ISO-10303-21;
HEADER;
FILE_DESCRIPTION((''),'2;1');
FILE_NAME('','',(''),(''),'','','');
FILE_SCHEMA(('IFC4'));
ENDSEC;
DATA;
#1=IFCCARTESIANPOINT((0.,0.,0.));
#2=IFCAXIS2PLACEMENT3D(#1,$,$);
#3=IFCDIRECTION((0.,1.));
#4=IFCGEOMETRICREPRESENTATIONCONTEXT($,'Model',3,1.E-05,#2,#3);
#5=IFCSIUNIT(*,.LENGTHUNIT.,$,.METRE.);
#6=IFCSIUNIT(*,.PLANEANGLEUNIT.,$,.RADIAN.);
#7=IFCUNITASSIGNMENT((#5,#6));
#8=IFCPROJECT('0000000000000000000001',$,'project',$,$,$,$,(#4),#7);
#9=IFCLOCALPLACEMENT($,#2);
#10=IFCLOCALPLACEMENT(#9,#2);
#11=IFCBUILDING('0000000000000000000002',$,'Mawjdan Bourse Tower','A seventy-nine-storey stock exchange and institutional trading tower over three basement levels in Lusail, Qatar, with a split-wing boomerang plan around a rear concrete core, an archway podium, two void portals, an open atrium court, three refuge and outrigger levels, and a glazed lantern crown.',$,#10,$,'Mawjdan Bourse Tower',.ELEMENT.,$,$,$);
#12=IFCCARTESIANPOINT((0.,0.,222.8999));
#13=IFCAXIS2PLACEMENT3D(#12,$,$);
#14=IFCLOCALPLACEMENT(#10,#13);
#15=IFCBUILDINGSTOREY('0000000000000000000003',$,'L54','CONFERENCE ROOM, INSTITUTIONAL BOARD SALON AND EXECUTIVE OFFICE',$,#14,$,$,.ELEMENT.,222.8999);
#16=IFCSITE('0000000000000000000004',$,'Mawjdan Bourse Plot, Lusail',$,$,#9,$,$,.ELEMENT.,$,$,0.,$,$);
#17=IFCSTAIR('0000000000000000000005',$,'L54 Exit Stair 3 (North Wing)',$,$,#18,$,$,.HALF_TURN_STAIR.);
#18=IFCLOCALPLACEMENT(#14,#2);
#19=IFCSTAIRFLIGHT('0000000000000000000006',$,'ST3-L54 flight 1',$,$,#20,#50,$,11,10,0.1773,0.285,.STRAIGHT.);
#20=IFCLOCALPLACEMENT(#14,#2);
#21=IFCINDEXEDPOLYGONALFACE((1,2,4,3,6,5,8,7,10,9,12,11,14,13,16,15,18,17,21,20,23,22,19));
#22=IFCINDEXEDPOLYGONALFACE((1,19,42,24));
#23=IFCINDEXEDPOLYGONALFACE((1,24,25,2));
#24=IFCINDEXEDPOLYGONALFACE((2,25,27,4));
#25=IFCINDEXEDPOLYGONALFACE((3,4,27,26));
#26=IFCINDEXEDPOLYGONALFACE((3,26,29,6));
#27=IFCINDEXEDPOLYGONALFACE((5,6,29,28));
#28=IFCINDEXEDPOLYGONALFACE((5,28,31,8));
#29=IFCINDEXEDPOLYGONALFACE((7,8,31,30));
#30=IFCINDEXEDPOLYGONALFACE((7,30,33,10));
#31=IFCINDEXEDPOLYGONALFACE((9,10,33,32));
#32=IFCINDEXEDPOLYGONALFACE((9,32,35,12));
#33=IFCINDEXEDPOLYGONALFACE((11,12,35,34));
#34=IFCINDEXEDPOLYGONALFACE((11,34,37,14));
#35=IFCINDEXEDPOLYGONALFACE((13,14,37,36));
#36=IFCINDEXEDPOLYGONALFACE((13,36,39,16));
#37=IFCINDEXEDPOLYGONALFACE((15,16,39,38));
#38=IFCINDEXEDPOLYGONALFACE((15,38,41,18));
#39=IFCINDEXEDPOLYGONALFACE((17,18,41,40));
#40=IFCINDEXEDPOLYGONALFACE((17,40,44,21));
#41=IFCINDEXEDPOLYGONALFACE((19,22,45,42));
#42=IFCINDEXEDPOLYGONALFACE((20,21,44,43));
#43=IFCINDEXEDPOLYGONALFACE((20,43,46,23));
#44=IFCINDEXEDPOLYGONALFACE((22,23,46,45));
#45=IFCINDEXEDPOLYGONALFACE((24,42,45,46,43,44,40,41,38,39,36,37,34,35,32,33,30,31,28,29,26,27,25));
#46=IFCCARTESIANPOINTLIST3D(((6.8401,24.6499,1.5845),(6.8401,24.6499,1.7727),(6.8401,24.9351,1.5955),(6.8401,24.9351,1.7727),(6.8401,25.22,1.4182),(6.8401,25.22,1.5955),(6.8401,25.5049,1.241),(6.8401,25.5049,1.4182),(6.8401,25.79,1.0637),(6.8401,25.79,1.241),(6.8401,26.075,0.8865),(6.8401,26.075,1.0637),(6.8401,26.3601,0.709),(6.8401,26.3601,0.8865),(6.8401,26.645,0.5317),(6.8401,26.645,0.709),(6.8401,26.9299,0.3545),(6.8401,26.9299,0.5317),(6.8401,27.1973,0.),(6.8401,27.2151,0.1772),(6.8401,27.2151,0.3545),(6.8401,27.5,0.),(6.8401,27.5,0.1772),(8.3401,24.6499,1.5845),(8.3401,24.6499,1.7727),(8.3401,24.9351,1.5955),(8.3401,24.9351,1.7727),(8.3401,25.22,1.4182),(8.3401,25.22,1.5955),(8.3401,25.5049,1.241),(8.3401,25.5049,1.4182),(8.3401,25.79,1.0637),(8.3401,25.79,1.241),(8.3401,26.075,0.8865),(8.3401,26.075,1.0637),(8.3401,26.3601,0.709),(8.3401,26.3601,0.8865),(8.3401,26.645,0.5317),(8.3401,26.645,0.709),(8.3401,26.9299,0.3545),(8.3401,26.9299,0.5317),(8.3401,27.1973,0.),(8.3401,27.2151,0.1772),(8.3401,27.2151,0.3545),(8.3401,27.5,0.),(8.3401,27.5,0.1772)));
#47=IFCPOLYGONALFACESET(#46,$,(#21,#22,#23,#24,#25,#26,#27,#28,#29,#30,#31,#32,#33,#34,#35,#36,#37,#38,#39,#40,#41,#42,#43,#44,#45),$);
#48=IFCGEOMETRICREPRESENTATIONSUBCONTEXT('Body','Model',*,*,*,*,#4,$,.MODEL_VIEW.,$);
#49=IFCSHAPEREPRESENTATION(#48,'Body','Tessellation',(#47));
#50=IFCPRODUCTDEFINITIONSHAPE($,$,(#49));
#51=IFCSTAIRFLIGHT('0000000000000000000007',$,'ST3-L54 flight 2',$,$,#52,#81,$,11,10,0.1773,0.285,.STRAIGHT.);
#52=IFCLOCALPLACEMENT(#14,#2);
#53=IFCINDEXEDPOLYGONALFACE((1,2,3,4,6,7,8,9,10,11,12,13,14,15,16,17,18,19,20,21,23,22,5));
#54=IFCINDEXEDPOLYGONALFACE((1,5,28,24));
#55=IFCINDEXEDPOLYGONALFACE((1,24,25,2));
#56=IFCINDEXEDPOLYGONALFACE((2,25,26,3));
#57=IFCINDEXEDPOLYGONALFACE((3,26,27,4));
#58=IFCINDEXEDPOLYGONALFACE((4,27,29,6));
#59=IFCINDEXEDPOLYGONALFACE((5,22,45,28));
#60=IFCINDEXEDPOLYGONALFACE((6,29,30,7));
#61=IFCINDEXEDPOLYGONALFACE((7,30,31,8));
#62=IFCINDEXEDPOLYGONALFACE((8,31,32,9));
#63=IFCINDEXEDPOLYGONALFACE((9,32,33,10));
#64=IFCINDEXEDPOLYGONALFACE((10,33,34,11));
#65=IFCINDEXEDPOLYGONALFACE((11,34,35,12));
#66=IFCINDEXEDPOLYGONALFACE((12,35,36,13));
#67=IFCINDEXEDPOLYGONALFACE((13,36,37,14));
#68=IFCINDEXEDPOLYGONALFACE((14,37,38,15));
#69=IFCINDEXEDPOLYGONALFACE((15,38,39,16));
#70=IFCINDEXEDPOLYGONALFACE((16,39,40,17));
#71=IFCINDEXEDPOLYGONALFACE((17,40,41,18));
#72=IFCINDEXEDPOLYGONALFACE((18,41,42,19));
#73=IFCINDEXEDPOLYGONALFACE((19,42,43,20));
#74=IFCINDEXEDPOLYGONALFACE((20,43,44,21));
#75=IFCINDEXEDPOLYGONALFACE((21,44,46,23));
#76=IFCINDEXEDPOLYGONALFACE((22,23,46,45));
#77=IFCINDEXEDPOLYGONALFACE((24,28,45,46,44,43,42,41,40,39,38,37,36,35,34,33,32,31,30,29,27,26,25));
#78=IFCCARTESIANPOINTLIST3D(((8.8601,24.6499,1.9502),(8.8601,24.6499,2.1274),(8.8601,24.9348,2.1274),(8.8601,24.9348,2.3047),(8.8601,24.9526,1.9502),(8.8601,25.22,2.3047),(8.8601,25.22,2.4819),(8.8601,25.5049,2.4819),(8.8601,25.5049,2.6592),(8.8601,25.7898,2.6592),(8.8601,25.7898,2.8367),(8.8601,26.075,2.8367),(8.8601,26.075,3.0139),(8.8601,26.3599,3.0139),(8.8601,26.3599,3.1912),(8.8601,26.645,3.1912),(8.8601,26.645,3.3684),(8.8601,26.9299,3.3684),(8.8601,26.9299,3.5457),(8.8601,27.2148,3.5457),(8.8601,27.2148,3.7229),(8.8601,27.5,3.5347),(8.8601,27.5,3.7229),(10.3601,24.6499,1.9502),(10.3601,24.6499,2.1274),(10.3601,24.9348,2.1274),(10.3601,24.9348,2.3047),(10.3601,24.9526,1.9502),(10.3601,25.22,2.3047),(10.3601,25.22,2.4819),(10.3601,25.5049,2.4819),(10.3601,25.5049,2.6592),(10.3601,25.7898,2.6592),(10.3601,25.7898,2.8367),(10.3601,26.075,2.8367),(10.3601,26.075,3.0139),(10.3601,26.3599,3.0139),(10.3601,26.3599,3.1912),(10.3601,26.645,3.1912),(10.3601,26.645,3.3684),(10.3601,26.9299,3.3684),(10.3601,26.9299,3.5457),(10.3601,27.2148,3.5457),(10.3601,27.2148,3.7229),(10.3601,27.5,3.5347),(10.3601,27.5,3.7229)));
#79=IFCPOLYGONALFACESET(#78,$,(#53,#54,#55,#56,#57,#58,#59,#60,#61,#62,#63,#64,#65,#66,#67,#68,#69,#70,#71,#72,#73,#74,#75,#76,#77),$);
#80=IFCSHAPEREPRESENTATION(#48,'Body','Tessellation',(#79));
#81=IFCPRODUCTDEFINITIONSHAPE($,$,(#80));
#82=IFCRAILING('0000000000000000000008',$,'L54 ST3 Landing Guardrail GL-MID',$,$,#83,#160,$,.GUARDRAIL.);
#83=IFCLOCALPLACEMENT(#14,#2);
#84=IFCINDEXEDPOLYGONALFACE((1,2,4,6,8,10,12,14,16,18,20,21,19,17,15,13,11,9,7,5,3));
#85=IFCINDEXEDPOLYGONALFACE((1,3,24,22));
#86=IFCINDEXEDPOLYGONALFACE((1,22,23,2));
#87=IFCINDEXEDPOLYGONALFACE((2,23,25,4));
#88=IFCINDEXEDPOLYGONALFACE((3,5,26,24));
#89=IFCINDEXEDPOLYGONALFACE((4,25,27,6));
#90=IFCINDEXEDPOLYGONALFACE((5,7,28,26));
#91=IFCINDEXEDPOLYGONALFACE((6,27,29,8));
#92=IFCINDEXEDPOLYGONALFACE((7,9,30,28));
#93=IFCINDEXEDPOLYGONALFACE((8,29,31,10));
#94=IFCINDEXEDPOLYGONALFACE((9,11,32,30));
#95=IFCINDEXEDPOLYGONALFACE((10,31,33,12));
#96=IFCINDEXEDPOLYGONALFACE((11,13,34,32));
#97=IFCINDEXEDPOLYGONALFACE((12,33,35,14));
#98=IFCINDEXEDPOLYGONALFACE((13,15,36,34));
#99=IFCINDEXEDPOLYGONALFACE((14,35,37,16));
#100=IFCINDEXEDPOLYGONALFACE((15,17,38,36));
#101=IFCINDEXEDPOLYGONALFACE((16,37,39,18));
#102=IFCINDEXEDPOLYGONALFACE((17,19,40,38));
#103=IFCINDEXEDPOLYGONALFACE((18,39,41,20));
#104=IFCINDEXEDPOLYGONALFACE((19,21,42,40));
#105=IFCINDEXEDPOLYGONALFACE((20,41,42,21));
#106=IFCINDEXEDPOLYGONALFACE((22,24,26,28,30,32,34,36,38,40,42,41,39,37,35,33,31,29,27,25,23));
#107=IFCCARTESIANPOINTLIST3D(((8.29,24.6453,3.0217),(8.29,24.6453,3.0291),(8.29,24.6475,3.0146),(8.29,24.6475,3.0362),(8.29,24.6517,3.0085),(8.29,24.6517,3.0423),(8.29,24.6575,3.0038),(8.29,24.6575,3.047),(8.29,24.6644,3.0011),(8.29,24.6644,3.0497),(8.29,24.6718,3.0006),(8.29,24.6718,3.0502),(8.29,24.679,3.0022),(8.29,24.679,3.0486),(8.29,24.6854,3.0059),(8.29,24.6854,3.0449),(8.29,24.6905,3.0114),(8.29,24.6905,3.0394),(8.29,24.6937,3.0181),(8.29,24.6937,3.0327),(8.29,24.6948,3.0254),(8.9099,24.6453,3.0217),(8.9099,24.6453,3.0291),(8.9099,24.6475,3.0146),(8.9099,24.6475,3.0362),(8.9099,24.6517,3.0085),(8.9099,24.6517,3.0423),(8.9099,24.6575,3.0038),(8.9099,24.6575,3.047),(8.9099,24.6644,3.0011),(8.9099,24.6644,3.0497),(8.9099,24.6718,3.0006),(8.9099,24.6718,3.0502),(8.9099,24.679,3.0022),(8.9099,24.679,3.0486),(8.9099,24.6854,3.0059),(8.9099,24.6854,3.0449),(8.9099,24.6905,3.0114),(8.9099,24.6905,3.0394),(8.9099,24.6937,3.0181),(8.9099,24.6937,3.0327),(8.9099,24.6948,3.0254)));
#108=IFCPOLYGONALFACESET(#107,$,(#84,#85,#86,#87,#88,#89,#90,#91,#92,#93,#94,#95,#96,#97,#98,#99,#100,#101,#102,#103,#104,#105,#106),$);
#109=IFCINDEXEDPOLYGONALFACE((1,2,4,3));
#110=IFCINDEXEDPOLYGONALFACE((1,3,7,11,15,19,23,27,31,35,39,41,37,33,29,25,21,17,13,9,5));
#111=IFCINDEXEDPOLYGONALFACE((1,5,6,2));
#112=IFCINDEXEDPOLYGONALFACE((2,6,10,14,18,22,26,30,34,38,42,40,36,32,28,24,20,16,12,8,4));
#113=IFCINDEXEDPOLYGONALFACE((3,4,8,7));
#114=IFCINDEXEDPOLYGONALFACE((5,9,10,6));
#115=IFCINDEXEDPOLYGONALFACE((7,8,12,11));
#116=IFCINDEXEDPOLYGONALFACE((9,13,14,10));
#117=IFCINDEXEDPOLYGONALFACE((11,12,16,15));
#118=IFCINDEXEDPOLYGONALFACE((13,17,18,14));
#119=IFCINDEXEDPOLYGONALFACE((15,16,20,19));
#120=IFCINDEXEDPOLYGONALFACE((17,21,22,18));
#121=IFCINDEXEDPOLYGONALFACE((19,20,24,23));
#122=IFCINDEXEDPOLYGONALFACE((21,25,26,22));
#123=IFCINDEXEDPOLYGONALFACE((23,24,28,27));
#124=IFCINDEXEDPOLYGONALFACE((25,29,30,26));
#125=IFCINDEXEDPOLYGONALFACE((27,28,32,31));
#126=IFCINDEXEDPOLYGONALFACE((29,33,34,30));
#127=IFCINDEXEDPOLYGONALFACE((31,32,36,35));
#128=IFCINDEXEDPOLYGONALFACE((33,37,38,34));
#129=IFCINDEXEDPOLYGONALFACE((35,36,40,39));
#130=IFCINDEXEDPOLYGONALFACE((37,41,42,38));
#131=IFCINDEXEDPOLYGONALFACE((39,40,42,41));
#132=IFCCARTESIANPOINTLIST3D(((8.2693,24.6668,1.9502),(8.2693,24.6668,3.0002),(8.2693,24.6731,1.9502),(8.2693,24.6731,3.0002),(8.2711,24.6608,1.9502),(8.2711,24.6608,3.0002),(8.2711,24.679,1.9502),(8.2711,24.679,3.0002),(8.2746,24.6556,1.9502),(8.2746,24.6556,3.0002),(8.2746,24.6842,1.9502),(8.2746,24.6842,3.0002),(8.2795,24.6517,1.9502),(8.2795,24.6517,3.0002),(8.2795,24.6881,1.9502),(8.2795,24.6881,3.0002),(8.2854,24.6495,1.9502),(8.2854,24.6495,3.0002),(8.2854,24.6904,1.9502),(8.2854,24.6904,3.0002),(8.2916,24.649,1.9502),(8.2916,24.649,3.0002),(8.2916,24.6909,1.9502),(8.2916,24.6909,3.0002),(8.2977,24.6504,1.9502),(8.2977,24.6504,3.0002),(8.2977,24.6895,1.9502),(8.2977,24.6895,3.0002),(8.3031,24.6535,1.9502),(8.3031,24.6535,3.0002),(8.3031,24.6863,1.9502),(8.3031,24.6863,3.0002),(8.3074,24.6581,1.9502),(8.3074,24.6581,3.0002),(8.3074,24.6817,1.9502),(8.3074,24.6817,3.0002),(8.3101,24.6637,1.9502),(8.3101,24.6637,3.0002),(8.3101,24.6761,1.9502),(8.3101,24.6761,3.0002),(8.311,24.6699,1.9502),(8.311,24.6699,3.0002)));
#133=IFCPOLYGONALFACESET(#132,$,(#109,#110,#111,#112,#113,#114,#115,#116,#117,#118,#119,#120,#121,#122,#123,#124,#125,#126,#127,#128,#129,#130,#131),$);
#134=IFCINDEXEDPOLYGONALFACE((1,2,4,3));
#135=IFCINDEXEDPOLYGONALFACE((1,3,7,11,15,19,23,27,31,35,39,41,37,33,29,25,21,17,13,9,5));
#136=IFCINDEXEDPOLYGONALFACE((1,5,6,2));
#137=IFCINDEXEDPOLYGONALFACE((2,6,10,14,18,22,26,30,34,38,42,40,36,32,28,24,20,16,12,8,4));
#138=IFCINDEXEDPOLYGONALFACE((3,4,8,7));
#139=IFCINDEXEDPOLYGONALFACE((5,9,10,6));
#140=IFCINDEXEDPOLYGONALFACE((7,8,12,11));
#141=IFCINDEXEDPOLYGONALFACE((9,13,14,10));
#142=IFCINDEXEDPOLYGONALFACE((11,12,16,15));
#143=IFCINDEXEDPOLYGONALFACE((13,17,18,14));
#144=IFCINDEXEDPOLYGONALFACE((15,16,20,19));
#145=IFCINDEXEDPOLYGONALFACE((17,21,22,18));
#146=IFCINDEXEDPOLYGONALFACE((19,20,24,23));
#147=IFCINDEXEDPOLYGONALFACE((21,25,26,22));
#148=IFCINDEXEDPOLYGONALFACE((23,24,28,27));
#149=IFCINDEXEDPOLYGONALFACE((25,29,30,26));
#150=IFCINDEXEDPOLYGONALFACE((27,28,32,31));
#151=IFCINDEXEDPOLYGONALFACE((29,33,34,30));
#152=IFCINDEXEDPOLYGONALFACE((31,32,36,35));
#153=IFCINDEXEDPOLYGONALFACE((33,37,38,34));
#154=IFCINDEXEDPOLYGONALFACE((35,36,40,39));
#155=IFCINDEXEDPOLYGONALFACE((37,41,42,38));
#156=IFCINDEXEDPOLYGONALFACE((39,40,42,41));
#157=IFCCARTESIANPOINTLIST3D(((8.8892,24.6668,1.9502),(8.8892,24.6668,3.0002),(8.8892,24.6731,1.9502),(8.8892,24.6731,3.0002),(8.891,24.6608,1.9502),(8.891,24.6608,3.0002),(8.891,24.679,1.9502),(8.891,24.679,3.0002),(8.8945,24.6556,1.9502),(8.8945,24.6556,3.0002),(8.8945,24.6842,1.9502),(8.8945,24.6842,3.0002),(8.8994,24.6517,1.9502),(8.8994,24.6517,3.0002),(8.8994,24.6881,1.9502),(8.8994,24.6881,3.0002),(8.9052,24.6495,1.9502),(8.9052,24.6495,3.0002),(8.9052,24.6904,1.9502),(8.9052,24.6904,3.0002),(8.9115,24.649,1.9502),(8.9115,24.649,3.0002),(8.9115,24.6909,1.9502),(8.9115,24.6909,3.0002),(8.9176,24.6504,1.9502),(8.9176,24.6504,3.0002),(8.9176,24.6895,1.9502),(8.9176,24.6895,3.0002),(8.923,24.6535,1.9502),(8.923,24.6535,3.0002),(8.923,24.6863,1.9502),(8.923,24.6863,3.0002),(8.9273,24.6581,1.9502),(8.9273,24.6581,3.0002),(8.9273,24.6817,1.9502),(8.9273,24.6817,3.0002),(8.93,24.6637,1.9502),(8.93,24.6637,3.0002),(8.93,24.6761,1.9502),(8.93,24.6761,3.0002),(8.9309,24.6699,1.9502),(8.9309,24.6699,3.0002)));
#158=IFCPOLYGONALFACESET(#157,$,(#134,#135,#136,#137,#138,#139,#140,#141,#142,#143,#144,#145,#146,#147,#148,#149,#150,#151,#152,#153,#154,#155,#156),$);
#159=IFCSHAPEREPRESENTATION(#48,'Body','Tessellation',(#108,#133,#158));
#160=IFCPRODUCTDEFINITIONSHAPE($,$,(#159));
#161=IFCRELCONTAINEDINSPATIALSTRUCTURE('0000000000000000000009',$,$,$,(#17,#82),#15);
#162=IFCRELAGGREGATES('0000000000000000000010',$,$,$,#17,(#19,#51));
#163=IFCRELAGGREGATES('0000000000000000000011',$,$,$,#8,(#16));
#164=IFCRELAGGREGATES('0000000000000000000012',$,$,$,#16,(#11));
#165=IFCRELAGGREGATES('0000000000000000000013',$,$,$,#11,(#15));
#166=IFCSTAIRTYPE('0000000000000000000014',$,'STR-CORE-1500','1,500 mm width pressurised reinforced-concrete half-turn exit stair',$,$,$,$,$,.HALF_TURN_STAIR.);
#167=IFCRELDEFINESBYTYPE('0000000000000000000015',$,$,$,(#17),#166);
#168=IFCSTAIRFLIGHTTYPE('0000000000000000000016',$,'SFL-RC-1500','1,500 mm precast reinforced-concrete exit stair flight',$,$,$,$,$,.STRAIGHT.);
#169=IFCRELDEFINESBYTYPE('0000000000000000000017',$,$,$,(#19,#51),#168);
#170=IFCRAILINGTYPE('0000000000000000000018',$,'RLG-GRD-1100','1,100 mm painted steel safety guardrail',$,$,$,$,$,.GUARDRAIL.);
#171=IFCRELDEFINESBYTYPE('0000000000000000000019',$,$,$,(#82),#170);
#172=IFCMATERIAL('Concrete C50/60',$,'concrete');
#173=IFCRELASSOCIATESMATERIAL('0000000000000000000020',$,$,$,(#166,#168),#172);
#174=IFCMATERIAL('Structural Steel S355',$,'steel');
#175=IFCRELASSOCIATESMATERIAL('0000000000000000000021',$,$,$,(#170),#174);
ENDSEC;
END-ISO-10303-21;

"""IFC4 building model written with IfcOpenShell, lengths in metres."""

from ifc_helpers import new_model, si_unit, direction, frame, origin, origin_2d, place, context, subcontext, project, spatial, polyline, circle, outline, extrude, material, type_object, element, aggregate, save


model = new_model("IFC4")

# Units and contexts
model_context = context("Model", 3, precision=1e-05, world=origin(), true_north=direction((0.0, 1.0)))
body_context = subcontext(model_context, "Body", "Model", "MODEL_VIEW")
ifc_project = project(units=[si_unit("LENGTHUNIT", "METRE"), si_unit("PLANEANGLEUNIT", "RADIAN")], contexts=[model_context])

# Site, building, storey
site_placement = place(None, origin())
site = spatial("IfcSite", under=ifc_project, at=site_placement, Name="Mawjdan Bourse Plot, Lusail", CompositionType="ELEMENT", RefElevation=0.0)
building_placement = place(site_placement, origin())
building = spatial("IfcBuilding", under=site, at=building_placement, Name="Mawjdan Bourse Tower", Description="A seventy-nine-storey stock exchange and institutional trading tower over three basement levels in Lusail, Qatar, with a split-wing boomerang plan around a rear concrete core, an archway podium, two void portals, an open atrium court, three refuge and outrigger levels, and a glazed lantern crown.", LongName="Mawjdan Bourse Tower", CompositionType="ELEMENT")
storey_placement = place(building_placement, frame((0.0, 0.0, 222.8999)))
storey = spatial("IfcBuildingStorey", under=building, at=storey_placement, Name="L54", Description="CONFERENCE ROOM, INSTITUTIONAL BOARD SALON AND EXECUTIVE OFFICE", CompositionType="ELEMENT", Elevation=222.8999)

# Shared definitions
ifc_material_1 = material(Name="Structural Steel S355", Category="steel")

# Shared definitions
ifc_material_2 = material(Name="Concrete C50/60", Category="concrete")

# Stair, stair flights
stair_type = type_object("IfcStairType", Name="STR-CORE-1500", Description="1,500 mm width pressurised reinforced-concrete half-turn exit stair", PredefinedType="HALF_TURN_STAIR", material=ifc_material_2)
stair_placement = place(storey_placement, origin())
stair = element("IfcStair", 1, at=stair_placement, inside=storey, type_object=stair_type, Name="L54 Exit Stair 3 (North Wing)", PredefinedType="HALF_TURN_STAIR")
stair_flight_type = type_object("IfcStairFlightType", Name="SFL-RC-1500", Description="1,500 mm precast reinforced-concrete exit stair flight", PredefinedType="STRAIGHT", material=ifc_material_2)
stair_flight_1_placement = place(storey_placement, frame((7.5901, 27.5, 0.0), z_axis=(0.0, 0.0, 1.0), x_axis=(0.0, -1.0, 0.0)))
stair_flight_1 = element("IfcStairFlight", 2, at=stair_flight_1_placement, type_object=stair_flight_type, Name="ST3-L54 flight 1", NumberOfRisers=11, NumberOfTreads=10, PredefinedType="STRAIGHT", RiserHeight=0.1773, TreadLength=0.285, context=body_context, shape_type="SweptSolid", body=[
    extrude(outline(polyline([(0.0, 0.0), (0.0, 0.1772), (0.2849, 0.1772), (0.2849, 0.3545), (0.5701, 0.3545), (0.5701, 0.5317), (0.855, 0.5317), (0.855, 0.709), (1.1399, 0.709), (1.1399, 0.8865), (1.425, 0.8865), (1.425, 1.0637), (1.71, 1.0637), (1.71, 1.241), (1.9951, 1.241), (1.9951, 1.4182), (2.28, 1.4182), (2.28, 1.5955), (2.5649, 1.5955), (2.5649, 1.7727), (2.8501, 1.7727), (2.8501, 1.95), (2.8501, 1.5845), (0.3027, 0.0), (0.0, 0.0)])), frame((0.0, 0.75, 0.0), z_axis=(0.0, -1.0, 0.0), x_axis=(1.0, 0.0, 0.0)), (0.0, 0.0, 1.0), 1.5),
])
stair_flight_2_placement = place(storey_placement, frame((9.6101, 24.6499, 1.9502), z_axis=(0.0, 0.0, 1.0), x_axis=(0.0, 1.0, 0.0)))
stair_flight_2 = element("IfcStairFlight", 3, at=stair_flight_2_placement, type_object=stair_flight_type, Name="ST3-L54 flight 2", NumberOfRisers=11, NumberOfTreads=10, PredefinedType="STRAIGHT", RiserHeight=0.1773, TreadLength=0.285, context=body_context, shape_type="SweptSolid", body=[
    extrude(outline(polyline([(0.0, 0.0), (0.0, 0.1772), (0.2849, 0.1772), (0.2849, 0.3545), (0.5701, 0.3545), (0.5701, 0.5317), (0.855, 0.5317), (0.855, 0.709), (1.1399, 0.709), (1.1399, 0.8865), (1.425, 0.8865), (1.425, 1.0637), (1.71, 1.0637), (1.71, 1.241), (1.9951, 1.241), (1.9951, 1.4182), (2.28, 1.4182), (2.28, 1.5955), (2.5649, 1.5955), (2.5649, 1.7727), (2.8501, 1.7727), (2.8501, 1.95), (2.8501, 1.5845), (0.3027, 0.0), (0.0, 0.0)])), frame((0.0, 0.75, 0.0), z_axis=(0.0, -1.0, 0.0), x_axis=(1.0, 0.0, 0.0)), (0.0, 0.0, 1.0), 1.5),
])
aggregate(stair, [stair_flight_1, stair_flight_2])

# Railing
railing_type_1 = type_object("IfcRailingType", Name="RLG-GRD-1100", Description="1,100 mm painted steel safety guardrail", PredefinedType="GUARDRAIL", material=ifc_material_1)
for number, where, name in (
    (4, (8.29, 24.6699, 1.9502), "L54 ST3 Landing Guardrail GL-MID"),
):
    element("IfcRailing", number, at=place(storey_placement, frame(where)), inside=storey, type_object=railing_type_1, Name=name, PredefinedType="GUARDRAIL", context=body_context, shape_type="SweptSolid", body=[
        extrude(circle(Radius=0.0249, at=origin_2d()), frame((0.0, 0.0, 1.0752), z_axis=(1.0, 0.0, 0.0), x_axis=(0.0, 1.0, 0.0)), (0.0, 0.0, 1.0), 0.6199),
        extrude(circle(Radius=0.021, at=origin_2d()), origin(), (0.0, 0.0, 1.0), 1.05),
        extrude(circle(Radius=0.021, at=origin_2d()), frame((0.6199, 0.0, 0.0)), (0.0, 0.0, 1.0), 1.05),
    ])

save(model, "model.ifc")
